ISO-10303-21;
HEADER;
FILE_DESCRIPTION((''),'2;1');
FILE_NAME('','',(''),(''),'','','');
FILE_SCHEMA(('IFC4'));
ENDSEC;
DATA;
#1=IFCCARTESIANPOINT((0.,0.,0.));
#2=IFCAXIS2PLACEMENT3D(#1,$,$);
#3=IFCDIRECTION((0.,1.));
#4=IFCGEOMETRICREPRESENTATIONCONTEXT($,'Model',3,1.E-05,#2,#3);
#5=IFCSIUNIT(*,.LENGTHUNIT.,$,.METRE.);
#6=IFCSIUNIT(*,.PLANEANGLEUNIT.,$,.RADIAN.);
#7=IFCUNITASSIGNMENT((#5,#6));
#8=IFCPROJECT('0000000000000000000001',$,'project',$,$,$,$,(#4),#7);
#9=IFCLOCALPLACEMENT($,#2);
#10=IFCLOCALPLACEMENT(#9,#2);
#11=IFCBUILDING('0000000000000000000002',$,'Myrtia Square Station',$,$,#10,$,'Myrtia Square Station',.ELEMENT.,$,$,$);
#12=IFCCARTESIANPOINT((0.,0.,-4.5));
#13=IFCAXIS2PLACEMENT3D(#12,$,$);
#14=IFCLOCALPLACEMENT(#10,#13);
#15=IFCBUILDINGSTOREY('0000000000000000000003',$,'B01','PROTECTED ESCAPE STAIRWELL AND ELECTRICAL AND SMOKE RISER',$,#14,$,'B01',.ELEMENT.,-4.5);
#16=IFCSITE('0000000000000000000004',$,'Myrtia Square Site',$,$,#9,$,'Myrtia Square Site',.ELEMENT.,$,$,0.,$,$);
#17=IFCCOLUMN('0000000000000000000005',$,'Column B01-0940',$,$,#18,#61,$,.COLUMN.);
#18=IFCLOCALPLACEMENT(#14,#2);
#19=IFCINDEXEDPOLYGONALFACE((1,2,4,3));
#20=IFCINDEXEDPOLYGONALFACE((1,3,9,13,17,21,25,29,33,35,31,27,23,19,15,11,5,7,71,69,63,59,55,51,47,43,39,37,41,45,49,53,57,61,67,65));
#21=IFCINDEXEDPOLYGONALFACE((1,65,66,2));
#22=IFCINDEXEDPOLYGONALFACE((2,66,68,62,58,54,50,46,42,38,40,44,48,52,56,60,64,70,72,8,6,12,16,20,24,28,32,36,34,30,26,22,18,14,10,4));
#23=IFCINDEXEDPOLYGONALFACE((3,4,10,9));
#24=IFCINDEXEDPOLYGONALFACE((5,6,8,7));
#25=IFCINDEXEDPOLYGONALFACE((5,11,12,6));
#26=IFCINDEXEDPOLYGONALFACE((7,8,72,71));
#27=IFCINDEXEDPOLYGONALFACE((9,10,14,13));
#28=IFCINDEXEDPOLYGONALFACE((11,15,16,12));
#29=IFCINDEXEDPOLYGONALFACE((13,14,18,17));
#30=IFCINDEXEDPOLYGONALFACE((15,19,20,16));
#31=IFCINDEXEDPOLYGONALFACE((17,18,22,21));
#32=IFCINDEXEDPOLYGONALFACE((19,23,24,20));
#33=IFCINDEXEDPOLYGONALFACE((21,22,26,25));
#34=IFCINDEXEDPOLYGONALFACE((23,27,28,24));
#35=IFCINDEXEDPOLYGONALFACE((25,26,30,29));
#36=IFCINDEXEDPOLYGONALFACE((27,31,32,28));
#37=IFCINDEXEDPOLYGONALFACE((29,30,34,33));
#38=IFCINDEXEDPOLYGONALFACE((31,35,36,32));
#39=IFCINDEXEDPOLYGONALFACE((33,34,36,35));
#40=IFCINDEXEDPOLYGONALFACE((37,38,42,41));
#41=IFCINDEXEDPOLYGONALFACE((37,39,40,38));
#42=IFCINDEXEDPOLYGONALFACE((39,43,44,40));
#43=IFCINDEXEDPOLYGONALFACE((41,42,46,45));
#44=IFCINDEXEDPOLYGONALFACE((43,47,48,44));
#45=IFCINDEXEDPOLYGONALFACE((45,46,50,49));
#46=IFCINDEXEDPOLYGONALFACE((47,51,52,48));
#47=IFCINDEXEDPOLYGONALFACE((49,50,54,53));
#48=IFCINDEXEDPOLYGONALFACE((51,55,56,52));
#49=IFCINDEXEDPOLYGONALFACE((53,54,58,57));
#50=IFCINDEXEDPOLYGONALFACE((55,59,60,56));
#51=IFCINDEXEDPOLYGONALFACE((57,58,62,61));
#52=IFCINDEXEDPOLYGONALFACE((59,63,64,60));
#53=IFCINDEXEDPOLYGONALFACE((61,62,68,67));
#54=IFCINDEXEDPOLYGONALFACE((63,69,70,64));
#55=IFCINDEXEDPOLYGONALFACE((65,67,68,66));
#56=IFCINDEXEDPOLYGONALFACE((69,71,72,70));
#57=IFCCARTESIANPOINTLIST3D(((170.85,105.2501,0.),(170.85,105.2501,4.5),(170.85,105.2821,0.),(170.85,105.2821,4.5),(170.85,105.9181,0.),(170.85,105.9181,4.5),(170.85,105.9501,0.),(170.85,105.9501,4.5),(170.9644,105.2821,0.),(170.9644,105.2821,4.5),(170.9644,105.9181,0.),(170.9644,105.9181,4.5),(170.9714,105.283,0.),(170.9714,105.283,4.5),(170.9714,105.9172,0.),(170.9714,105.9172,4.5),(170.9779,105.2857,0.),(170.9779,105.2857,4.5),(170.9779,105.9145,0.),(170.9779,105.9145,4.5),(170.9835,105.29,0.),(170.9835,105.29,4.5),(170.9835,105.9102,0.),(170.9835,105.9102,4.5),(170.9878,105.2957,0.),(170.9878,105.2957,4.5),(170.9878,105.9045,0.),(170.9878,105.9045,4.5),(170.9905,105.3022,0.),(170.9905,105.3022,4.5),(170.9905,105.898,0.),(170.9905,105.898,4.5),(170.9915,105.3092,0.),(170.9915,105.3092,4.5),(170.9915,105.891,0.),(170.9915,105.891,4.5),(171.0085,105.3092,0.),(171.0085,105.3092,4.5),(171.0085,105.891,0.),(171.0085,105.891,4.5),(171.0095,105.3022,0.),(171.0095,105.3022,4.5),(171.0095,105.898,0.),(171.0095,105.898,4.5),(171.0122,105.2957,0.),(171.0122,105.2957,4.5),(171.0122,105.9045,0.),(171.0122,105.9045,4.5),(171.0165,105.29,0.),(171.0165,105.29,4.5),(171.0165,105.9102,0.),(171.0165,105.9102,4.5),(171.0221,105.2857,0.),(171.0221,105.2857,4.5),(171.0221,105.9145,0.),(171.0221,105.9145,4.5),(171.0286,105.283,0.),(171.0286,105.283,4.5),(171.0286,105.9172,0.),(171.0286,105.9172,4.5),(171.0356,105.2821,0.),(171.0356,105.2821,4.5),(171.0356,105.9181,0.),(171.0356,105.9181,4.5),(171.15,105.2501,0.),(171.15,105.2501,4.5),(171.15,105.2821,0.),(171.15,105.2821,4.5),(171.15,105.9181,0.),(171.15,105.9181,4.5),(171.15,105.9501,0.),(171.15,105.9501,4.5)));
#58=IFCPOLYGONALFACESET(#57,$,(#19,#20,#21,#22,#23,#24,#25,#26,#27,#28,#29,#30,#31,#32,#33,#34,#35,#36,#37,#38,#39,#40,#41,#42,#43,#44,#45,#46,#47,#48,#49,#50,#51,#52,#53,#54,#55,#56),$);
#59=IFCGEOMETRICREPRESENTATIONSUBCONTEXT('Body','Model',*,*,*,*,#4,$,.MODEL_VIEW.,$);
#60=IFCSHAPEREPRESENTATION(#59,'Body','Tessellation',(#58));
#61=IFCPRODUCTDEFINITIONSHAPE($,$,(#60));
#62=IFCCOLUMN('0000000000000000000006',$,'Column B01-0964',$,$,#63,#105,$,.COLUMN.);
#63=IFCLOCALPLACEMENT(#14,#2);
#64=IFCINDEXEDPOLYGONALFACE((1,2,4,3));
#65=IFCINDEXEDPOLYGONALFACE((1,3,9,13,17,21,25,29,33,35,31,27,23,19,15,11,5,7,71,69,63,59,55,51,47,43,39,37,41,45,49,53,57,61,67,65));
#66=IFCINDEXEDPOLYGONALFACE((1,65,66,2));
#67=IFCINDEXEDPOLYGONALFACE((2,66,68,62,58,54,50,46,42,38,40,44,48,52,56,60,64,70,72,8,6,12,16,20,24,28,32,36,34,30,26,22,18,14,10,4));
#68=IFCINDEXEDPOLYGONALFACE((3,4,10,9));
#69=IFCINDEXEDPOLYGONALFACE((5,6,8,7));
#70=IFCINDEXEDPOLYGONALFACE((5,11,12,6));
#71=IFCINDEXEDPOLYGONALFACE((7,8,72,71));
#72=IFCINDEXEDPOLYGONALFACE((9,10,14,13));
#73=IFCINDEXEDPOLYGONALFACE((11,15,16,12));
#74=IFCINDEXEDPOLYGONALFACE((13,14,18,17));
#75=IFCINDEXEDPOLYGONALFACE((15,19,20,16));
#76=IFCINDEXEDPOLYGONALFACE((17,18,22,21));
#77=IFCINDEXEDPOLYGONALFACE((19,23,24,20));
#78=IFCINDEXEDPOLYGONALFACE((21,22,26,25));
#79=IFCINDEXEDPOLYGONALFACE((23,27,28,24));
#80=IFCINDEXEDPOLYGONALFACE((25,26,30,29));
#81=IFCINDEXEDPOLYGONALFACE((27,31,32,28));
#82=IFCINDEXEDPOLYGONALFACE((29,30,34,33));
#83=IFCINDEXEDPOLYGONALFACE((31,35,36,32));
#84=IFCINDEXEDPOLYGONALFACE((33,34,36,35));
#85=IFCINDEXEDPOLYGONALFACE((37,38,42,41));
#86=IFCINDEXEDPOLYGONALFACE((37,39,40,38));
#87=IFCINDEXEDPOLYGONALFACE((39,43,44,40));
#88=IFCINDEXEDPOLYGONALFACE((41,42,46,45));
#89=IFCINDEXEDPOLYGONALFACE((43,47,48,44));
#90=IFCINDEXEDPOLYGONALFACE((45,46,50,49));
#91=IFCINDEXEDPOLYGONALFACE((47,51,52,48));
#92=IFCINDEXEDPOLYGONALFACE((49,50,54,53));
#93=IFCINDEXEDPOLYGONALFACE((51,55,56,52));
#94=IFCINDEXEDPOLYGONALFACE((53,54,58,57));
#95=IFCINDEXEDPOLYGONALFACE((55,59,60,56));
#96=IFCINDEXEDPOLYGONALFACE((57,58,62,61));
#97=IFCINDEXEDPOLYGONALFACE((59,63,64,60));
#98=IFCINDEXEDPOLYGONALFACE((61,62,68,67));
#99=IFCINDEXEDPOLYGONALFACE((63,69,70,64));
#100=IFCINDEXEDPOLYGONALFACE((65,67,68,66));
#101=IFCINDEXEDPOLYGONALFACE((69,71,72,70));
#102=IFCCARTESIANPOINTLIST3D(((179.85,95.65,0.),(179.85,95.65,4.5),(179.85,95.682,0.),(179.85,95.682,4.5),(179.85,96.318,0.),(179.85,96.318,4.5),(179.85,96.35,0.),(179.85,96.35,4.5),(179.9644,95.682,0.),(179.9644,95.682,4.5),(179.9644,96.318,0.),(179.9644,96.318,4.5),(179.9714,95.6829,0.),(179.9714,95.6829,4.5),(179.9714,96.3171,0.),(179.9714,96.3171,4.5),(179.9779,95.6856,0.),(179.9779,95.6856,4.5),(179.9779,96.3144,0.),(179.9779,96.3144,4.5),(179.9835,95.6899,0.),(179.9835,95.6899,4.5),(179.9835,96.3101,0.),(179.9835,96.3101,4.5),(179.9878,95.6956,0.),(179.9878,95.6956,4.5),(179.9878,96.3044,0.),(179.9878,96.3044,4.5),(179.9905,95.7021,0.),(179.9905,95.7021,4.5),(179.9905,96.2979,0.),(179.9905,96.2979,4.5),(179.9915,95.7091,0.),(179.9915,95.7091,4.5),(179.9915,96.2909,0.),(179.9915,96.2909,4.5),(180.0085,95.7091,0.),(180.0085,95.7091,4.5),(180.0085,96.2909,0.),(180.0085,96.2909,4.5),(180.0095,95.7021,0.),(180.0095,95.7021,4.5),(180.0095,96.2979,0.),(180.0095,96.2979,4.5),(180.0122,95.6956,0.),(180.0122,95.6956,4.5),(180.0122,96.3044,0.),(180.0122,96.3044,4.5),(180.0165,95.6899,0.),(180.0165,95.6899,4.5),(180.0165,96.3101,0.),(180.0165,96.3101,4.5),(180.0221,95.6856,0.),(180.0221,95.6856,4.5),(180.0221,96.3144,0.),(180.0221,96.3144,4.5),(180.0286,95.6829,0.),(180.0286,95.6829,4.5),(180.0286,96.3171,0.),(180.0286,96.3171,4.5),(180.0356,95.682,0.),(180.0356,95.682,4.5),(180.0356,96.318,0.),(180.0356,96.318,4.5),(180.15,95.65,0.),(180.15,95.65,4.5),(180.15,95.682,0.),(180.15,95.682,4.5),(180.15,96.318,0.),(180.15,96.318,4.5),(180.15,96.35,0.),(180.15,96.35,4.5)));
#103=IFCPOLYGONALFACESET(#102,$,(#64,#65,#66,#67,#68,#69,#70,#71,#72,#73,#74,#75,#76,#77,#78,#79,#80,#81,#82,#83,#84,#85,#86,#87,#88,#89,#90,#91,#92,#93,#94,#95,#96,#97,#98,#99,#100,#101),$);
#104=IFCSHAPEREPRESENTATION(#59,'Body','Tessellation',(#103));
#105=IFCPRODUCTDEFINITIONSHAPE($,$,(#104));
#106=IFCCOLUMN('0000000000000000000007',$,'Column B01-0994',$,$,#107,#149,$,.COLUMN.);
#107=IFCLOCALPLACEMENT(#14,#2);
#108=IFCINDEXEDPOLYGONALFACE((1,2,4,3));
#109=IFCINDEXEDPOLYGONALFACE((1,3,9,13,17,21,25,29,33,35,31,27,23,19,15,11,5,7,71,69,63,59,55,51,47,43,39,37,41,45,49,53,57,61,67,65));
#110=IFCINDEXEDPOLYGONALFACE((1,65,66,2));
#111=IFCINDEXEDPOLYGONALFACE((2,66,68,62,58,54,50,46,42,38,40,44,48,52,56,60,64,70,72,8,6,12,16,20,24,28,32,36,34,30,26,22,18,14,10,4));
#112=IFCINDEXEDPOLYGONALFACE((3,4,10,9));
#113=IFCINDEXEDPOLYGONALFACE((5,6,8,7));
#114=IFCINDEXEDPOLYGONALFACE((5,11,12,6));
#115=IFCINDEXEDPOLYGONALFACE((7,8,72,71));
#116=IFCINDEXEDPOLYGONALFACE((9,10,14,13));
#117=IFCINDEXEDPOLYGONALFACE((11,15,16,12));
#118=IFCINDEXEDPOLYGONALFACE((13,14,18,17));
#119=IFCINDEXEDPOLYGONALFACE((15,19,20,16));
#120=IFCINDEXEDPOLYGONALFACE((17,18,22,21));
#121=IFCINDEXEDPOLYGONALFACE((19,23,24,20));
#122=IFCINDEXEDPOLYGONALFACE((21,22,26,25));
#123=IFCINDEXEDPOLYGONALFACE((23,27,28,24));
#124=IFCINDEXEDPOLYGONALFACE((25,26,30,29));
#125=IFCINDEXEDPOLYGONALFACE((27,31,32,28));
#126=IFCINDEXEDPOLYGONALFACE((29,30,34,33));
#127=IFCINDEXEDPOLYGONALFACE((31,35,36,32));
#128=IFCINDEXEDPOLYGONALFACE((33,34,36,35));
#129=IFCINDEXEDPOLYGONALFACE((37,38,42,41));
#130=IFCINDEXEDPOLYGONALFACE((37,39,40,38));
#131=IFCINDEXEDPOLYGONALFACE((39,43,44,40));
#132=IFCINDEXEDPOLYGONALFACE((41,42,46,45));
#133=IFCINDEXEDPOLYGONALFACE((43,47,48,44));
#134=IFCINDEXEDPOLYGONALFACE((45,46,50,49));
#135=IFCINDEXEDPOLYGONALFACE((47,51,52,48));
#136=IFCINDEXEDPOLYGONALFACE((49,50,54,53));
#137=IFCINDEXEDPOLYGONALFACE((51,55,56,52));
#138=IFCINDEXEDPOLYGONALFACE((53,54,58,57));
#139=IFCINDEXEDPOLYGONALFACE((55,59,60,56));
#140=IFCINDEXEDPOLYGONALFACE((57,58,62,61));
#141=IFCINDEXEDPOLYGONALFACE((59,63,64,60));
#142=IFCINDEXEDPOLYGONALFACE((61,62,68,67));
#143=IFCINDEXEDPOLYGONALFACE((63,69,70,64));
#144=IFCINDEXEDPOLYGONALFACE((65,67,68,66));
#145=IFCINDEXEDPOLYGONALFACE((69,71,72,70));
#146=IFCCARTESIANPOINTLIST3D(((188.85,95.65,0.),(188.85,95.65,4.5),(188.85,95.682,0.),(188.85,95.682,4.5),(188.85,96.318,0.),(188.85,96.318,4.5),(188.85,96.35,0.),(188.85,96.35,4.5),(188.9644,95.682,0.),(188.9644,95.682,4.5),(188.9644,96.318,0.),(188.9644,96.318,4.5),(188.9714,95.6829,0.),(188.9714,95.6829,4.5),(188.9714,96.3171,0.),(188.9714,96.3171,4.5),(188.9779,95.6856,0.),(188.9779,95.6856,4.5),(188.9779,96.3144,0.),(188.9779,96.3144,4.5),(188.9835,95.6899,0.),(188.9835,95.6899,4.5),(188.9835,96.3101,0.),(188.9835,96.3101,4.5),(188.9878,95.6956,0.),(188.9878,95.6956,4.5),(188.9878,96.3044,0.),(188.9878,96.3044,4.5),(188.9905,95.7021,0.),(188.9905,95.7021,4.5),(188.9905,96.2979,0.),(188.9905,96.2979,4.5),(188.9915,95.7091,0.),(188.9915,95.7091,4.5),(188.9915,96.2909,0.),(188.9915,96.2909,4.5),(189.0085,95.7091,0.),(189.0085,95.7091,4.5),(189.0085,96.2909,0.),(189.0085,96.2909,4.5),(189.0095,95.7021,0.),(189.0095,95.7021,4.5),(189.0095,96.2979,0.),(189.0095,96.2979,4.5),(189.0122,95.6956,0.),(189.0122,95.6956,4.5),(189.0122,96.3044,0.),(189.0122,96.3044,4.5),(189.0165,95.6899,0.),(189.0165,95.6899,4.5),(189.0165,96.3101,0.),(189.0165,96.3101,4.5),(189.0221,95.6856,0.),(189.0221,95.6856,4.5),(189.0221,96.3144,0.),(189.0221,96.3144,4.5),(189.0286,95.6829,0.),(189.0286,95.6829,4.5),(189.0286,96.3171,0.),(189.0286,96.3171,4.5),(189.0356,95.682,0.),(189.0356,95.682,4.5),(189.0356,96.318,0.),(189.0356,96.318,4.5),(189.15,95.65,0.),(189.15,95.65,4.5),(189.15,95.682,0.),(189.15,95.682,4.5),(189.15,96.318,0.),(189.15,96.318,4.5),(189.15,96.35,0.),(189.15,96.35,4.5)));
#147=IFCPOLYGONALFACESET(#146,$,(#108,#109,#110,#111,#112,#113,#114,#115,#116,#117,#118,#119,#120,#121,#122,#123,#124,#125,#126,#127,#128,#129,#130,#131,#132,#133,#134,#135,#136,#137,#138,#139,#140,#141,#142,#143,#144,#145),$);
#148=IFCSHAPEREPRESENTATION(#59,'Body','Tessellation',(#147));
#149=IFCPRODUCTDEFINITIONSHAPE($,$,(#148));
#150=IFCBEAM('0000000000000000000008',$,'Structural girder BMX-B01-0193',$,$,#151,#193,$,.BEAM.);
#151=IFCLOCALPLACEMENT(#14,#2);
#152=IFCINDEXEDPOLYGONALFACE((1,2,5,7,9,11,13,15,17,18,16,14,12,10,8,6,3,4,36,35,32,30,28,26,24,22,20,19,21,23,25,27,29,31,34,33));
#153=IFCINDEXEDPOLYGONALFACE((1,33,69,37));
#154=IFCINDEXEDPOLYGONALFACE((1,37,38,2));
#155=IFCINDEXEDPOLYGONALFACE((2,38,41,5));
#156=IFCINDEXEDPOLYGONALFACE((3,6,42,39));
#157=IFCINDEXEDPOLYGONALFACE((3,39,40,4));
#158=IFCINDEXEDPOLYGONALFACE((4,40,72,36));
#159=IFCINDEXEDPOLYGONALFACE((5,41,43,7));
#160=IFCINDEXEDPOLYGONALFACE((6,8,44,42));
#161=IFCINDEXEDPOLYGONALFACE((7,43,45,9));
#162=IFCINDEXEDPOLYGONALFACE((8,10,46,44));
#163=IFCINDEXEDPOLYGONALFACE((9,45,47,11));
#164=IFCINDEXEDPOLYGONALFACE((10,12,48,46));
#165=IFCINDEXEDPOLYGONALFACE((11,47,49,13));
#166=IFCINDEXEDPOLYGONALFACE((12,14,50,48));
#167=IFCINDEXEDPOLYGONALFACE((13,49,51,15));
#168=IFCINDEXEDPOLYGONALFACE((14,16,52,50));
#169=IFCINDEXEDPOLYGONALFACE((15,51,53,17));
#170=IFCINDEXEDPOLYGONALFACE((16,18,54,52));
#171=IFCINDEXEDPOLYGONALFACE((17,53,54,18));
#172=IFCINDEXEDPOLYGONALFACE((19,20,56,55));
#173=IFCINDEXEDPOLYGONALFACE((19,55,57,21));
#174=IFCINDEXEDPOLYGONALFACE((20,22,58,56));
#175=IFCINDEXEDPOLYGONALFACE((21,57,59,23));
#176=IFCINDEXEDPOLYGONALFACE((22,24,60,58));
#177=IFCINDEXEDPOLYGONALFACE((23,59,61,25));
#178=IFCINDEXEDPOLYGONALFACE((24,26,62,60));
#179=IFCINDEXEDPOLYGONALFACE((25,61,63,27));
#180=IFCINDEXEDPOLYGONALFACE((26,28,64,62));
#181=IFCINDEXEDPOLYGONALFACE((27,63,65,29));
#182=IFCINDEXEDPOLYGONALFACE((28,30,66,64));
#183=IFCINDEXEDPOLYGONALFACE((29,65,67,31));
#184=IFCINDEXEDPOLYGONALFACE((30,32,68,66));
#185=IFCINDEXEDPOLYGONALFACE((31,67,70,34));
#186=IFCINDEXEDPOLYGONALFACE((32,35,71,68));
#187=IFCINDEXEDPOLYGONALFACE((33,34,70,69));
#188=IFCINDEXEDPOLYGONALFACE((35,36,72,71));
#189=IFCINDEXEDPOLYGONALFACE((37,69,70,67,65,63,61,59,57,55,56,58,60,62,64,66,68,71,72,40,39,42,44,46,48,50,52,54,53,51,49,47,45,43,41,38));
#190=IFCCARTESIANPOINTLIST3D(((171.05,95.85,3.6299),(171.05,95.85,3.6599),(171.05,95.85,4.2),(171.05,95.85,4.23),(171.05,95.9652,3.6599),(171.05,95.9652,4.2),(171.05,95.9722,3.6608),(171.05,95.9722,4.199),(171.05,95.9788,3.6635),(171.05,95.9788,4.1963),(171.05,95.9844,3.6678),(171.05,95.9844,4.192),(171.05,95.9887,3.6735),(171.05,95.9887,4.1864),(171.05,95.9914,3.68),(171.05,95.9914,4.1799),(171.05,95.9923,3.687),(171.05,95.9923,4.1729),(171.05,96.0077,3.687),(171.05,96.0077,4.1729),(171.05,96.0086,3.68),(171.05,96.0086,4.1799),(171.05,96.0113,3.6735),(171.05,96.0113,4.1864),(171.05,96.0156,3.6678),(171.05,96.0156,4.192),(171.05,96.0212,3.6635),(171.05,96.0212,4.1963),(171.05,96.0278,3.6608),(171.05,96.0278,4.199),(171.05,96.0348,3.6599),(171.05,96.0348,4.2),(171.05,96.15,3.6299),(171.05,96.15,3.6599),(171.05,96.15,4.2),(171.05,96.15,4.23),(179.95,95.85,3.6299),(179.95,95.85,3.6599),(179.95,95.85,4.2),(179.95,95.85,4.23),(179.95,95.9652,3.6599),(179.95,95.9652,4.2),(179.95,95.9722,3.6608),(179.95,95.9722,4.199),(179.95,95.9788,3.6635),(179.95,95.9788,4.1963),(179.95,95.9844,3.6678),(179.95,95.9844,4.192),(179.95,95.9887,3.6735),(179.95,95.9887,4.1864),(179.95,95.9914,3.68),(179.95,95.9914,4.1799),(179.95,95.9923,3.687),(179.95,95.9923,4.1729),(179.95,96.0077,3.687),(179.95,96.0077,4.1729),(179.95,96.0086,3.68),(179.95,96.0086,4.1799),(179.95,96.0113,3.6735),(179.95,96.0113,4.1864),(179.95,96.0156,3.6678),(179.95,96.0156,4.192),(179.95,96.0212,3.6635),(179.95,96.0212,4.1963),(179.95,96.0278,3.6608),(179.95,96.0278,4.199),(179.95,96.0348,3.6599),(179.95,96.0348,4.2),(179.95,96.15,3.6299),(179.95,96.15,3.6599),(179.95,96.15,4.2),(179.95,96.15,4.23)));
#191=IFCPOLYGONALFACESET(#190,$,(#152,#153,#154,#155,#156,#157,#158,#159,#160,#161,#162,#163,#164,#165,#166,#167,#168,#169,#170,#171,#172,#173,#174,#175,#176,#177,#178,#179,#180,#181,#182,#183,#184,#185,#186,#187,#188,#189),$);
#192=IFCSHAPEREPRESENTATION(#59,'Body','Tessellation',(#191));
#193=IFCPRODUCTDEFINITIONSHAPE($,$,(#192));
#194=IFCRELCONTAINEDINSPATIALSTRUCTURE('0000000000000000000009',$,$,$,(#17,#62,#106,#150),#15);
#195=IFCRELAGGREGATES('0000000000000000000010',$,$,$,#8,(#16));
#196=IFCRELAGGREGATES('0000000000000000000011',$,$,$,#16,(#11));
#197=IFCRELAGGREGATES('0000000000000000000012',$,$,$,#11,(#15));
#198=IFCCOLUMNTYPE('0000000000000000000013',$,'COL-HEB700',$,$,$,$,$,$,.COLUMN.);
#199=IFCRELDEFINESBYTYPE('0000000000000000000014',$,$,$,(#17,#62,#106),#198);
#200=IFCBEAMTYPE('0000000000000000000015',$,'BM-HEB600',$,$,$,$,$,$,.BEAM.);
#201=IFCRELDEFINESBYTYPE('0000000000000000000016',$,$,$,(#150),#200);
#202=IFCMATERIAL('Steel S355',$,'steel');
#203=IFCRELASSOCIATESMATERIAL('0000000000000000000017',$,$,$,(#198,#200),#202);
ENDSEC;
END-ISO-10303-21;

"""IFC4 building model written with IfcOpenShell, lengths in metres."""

from ifc_helpers import new_model, si_unit, direction, frame, origin, origin_2d, place, context, subcontext, project, spatial, i_section, extrude, material, material_profile, profile_set, type_object, element, save


model = new_model("IFC4")

# Units and contexts
model_context = context("Model", 3, precision=1e-05, world=origin(), true_north=direction((0.0, 1.0)))
body_context = subcontext(model_context, "Body", "Model", "MODEL_VIEW")
ifc_project = project(units=[si_unit("LENGTHUNIT", "METRE"), si_unit("PLANEANGLEUNIT", "RADIAN")], contexts=[model_context])

# Site, building, storey
site_placement = place(None, origin())
site = spatial("IfcSite", under=ifc_project, at=site_placement, Name="Myrtia Square Site", LongName="Myrtia Square Site", CompositionType="ELEMENT", RefElevation=0.0)
building_placement = place(site_placement, origin())
building = spatial("IfcBuilding", under=site, at=building_placement, Name="Myrtia Square Station", LongName="Myrtia Square Station", CompositionType="ELEMENT")
storey_placement = place(building_placement, frame((0.0, 0.0, -4.5)))
storey = spatial("IfcBuildingStorey", under=building, at=storey_placement, Name="B01", Description="PROTECTED ESCAPE STAIRWELL AND ELECTRICAL AND SMOKE RISER", LongName="B01", CompositionType="ELEMENT", Elevation=-4.5)

# Columns
ifc_material_1 = material(Name="Steel S355", Category="steel")
ifc_material_profile_1 = material_profile(ifc_material_1, i_section(OverallWidth=0.3, OverallDepth=0.7, WebThickness=0.0171, FlangeThickness=0.032, FilletRadius=0.0271, at=origin_2d()), Name="HEB 700")
ifc_profile_set_1 = profile_set([ifc_material_profile_1], Name="Steel S355")
column_type_1 = type_object("IfcColumnType", Name="COL-HEB700", PredefinedType="COLUMN", material=ifc_profile_set_1)
for number, where, z_axis, x_axis, name in (
    (1, (171.0, 105.6001, 0.0), (0.0, 0.0, 1.0), (1.0, 0.0, 0.0), "Column B01-0940"),
    (2, (180.0, 96.0, 0.0), (0.0, 0.0, 1.0), (1.0, 0.0, 0.0), "Column B01-0964"),
    (3, (189.0, 96.0, 0.0), (0.0, 0.0, 1.0), (1.0, 0.0, 0.0), "Column B01-0994"),
):
    element("IfcColumn", number, at=place(storey_placement, frame(where, z_axis=z_axis, x_axis=x_axis)), inside=storey, type_object=column_type_1, Name=name, PredefinedType="COLUMN", context=body_context, shape_type="SweptSolid", body=[
        extrude(i_section(OverallWidth=0.3, OverallDepth=0.7, WebThickness=0.0171, FlangeThickness=0.032, FilletRadius=0.0271, at=origin_2d()), origin(), (0.0, 0.0, 1.0), 4.5),
    ])

# Beam
ifc_material_profile_2 = material_profile(ifc_material_1, i_section(OverallWidth=0.3, OverallDepth=0.6001, WebThickness=0.0154, FlangeThickness=0.03, FilletRadius=0.0271, at=origin_2d()), Name="HEB 600")
ifc_profile_set_2 = profile_set([ifc_material_profile_2], Name="Steel S355")
beam_type_1 = type_object("IfcBeamType", Name="BM-HEB600", PredefinedType="BEAM", material=ifc_profile_set_2)
for number, where, z_axis, x_axis, name in (
    (4, (171.05, 96.0, 3.9299), (1.0, 0.0, 0.0), (0.0, 1.0, 0.0), "Structural girder BMX-B01-0193"),
):
    element("IfcBeam", number, at=place(storey_placement, frame(where, z_axis=z_axis, x_axis=x_axis)), inside=storey, type_object=beam_type_1, Name=name, PredefinedType="BEAM", context=body_context, shape_type="SweptSolid", body=[
        extrude(i_section(OverallWidth=0.3, OverallDepth=0.6001, WebThickness=0.0154, FlangeThickness=0.03, FilletRadius=0.0271, at=origin_2d()), origin(), (0.0, 0.0, 1.0), 8.8999),
    ])

save(model, "model.ifc")
